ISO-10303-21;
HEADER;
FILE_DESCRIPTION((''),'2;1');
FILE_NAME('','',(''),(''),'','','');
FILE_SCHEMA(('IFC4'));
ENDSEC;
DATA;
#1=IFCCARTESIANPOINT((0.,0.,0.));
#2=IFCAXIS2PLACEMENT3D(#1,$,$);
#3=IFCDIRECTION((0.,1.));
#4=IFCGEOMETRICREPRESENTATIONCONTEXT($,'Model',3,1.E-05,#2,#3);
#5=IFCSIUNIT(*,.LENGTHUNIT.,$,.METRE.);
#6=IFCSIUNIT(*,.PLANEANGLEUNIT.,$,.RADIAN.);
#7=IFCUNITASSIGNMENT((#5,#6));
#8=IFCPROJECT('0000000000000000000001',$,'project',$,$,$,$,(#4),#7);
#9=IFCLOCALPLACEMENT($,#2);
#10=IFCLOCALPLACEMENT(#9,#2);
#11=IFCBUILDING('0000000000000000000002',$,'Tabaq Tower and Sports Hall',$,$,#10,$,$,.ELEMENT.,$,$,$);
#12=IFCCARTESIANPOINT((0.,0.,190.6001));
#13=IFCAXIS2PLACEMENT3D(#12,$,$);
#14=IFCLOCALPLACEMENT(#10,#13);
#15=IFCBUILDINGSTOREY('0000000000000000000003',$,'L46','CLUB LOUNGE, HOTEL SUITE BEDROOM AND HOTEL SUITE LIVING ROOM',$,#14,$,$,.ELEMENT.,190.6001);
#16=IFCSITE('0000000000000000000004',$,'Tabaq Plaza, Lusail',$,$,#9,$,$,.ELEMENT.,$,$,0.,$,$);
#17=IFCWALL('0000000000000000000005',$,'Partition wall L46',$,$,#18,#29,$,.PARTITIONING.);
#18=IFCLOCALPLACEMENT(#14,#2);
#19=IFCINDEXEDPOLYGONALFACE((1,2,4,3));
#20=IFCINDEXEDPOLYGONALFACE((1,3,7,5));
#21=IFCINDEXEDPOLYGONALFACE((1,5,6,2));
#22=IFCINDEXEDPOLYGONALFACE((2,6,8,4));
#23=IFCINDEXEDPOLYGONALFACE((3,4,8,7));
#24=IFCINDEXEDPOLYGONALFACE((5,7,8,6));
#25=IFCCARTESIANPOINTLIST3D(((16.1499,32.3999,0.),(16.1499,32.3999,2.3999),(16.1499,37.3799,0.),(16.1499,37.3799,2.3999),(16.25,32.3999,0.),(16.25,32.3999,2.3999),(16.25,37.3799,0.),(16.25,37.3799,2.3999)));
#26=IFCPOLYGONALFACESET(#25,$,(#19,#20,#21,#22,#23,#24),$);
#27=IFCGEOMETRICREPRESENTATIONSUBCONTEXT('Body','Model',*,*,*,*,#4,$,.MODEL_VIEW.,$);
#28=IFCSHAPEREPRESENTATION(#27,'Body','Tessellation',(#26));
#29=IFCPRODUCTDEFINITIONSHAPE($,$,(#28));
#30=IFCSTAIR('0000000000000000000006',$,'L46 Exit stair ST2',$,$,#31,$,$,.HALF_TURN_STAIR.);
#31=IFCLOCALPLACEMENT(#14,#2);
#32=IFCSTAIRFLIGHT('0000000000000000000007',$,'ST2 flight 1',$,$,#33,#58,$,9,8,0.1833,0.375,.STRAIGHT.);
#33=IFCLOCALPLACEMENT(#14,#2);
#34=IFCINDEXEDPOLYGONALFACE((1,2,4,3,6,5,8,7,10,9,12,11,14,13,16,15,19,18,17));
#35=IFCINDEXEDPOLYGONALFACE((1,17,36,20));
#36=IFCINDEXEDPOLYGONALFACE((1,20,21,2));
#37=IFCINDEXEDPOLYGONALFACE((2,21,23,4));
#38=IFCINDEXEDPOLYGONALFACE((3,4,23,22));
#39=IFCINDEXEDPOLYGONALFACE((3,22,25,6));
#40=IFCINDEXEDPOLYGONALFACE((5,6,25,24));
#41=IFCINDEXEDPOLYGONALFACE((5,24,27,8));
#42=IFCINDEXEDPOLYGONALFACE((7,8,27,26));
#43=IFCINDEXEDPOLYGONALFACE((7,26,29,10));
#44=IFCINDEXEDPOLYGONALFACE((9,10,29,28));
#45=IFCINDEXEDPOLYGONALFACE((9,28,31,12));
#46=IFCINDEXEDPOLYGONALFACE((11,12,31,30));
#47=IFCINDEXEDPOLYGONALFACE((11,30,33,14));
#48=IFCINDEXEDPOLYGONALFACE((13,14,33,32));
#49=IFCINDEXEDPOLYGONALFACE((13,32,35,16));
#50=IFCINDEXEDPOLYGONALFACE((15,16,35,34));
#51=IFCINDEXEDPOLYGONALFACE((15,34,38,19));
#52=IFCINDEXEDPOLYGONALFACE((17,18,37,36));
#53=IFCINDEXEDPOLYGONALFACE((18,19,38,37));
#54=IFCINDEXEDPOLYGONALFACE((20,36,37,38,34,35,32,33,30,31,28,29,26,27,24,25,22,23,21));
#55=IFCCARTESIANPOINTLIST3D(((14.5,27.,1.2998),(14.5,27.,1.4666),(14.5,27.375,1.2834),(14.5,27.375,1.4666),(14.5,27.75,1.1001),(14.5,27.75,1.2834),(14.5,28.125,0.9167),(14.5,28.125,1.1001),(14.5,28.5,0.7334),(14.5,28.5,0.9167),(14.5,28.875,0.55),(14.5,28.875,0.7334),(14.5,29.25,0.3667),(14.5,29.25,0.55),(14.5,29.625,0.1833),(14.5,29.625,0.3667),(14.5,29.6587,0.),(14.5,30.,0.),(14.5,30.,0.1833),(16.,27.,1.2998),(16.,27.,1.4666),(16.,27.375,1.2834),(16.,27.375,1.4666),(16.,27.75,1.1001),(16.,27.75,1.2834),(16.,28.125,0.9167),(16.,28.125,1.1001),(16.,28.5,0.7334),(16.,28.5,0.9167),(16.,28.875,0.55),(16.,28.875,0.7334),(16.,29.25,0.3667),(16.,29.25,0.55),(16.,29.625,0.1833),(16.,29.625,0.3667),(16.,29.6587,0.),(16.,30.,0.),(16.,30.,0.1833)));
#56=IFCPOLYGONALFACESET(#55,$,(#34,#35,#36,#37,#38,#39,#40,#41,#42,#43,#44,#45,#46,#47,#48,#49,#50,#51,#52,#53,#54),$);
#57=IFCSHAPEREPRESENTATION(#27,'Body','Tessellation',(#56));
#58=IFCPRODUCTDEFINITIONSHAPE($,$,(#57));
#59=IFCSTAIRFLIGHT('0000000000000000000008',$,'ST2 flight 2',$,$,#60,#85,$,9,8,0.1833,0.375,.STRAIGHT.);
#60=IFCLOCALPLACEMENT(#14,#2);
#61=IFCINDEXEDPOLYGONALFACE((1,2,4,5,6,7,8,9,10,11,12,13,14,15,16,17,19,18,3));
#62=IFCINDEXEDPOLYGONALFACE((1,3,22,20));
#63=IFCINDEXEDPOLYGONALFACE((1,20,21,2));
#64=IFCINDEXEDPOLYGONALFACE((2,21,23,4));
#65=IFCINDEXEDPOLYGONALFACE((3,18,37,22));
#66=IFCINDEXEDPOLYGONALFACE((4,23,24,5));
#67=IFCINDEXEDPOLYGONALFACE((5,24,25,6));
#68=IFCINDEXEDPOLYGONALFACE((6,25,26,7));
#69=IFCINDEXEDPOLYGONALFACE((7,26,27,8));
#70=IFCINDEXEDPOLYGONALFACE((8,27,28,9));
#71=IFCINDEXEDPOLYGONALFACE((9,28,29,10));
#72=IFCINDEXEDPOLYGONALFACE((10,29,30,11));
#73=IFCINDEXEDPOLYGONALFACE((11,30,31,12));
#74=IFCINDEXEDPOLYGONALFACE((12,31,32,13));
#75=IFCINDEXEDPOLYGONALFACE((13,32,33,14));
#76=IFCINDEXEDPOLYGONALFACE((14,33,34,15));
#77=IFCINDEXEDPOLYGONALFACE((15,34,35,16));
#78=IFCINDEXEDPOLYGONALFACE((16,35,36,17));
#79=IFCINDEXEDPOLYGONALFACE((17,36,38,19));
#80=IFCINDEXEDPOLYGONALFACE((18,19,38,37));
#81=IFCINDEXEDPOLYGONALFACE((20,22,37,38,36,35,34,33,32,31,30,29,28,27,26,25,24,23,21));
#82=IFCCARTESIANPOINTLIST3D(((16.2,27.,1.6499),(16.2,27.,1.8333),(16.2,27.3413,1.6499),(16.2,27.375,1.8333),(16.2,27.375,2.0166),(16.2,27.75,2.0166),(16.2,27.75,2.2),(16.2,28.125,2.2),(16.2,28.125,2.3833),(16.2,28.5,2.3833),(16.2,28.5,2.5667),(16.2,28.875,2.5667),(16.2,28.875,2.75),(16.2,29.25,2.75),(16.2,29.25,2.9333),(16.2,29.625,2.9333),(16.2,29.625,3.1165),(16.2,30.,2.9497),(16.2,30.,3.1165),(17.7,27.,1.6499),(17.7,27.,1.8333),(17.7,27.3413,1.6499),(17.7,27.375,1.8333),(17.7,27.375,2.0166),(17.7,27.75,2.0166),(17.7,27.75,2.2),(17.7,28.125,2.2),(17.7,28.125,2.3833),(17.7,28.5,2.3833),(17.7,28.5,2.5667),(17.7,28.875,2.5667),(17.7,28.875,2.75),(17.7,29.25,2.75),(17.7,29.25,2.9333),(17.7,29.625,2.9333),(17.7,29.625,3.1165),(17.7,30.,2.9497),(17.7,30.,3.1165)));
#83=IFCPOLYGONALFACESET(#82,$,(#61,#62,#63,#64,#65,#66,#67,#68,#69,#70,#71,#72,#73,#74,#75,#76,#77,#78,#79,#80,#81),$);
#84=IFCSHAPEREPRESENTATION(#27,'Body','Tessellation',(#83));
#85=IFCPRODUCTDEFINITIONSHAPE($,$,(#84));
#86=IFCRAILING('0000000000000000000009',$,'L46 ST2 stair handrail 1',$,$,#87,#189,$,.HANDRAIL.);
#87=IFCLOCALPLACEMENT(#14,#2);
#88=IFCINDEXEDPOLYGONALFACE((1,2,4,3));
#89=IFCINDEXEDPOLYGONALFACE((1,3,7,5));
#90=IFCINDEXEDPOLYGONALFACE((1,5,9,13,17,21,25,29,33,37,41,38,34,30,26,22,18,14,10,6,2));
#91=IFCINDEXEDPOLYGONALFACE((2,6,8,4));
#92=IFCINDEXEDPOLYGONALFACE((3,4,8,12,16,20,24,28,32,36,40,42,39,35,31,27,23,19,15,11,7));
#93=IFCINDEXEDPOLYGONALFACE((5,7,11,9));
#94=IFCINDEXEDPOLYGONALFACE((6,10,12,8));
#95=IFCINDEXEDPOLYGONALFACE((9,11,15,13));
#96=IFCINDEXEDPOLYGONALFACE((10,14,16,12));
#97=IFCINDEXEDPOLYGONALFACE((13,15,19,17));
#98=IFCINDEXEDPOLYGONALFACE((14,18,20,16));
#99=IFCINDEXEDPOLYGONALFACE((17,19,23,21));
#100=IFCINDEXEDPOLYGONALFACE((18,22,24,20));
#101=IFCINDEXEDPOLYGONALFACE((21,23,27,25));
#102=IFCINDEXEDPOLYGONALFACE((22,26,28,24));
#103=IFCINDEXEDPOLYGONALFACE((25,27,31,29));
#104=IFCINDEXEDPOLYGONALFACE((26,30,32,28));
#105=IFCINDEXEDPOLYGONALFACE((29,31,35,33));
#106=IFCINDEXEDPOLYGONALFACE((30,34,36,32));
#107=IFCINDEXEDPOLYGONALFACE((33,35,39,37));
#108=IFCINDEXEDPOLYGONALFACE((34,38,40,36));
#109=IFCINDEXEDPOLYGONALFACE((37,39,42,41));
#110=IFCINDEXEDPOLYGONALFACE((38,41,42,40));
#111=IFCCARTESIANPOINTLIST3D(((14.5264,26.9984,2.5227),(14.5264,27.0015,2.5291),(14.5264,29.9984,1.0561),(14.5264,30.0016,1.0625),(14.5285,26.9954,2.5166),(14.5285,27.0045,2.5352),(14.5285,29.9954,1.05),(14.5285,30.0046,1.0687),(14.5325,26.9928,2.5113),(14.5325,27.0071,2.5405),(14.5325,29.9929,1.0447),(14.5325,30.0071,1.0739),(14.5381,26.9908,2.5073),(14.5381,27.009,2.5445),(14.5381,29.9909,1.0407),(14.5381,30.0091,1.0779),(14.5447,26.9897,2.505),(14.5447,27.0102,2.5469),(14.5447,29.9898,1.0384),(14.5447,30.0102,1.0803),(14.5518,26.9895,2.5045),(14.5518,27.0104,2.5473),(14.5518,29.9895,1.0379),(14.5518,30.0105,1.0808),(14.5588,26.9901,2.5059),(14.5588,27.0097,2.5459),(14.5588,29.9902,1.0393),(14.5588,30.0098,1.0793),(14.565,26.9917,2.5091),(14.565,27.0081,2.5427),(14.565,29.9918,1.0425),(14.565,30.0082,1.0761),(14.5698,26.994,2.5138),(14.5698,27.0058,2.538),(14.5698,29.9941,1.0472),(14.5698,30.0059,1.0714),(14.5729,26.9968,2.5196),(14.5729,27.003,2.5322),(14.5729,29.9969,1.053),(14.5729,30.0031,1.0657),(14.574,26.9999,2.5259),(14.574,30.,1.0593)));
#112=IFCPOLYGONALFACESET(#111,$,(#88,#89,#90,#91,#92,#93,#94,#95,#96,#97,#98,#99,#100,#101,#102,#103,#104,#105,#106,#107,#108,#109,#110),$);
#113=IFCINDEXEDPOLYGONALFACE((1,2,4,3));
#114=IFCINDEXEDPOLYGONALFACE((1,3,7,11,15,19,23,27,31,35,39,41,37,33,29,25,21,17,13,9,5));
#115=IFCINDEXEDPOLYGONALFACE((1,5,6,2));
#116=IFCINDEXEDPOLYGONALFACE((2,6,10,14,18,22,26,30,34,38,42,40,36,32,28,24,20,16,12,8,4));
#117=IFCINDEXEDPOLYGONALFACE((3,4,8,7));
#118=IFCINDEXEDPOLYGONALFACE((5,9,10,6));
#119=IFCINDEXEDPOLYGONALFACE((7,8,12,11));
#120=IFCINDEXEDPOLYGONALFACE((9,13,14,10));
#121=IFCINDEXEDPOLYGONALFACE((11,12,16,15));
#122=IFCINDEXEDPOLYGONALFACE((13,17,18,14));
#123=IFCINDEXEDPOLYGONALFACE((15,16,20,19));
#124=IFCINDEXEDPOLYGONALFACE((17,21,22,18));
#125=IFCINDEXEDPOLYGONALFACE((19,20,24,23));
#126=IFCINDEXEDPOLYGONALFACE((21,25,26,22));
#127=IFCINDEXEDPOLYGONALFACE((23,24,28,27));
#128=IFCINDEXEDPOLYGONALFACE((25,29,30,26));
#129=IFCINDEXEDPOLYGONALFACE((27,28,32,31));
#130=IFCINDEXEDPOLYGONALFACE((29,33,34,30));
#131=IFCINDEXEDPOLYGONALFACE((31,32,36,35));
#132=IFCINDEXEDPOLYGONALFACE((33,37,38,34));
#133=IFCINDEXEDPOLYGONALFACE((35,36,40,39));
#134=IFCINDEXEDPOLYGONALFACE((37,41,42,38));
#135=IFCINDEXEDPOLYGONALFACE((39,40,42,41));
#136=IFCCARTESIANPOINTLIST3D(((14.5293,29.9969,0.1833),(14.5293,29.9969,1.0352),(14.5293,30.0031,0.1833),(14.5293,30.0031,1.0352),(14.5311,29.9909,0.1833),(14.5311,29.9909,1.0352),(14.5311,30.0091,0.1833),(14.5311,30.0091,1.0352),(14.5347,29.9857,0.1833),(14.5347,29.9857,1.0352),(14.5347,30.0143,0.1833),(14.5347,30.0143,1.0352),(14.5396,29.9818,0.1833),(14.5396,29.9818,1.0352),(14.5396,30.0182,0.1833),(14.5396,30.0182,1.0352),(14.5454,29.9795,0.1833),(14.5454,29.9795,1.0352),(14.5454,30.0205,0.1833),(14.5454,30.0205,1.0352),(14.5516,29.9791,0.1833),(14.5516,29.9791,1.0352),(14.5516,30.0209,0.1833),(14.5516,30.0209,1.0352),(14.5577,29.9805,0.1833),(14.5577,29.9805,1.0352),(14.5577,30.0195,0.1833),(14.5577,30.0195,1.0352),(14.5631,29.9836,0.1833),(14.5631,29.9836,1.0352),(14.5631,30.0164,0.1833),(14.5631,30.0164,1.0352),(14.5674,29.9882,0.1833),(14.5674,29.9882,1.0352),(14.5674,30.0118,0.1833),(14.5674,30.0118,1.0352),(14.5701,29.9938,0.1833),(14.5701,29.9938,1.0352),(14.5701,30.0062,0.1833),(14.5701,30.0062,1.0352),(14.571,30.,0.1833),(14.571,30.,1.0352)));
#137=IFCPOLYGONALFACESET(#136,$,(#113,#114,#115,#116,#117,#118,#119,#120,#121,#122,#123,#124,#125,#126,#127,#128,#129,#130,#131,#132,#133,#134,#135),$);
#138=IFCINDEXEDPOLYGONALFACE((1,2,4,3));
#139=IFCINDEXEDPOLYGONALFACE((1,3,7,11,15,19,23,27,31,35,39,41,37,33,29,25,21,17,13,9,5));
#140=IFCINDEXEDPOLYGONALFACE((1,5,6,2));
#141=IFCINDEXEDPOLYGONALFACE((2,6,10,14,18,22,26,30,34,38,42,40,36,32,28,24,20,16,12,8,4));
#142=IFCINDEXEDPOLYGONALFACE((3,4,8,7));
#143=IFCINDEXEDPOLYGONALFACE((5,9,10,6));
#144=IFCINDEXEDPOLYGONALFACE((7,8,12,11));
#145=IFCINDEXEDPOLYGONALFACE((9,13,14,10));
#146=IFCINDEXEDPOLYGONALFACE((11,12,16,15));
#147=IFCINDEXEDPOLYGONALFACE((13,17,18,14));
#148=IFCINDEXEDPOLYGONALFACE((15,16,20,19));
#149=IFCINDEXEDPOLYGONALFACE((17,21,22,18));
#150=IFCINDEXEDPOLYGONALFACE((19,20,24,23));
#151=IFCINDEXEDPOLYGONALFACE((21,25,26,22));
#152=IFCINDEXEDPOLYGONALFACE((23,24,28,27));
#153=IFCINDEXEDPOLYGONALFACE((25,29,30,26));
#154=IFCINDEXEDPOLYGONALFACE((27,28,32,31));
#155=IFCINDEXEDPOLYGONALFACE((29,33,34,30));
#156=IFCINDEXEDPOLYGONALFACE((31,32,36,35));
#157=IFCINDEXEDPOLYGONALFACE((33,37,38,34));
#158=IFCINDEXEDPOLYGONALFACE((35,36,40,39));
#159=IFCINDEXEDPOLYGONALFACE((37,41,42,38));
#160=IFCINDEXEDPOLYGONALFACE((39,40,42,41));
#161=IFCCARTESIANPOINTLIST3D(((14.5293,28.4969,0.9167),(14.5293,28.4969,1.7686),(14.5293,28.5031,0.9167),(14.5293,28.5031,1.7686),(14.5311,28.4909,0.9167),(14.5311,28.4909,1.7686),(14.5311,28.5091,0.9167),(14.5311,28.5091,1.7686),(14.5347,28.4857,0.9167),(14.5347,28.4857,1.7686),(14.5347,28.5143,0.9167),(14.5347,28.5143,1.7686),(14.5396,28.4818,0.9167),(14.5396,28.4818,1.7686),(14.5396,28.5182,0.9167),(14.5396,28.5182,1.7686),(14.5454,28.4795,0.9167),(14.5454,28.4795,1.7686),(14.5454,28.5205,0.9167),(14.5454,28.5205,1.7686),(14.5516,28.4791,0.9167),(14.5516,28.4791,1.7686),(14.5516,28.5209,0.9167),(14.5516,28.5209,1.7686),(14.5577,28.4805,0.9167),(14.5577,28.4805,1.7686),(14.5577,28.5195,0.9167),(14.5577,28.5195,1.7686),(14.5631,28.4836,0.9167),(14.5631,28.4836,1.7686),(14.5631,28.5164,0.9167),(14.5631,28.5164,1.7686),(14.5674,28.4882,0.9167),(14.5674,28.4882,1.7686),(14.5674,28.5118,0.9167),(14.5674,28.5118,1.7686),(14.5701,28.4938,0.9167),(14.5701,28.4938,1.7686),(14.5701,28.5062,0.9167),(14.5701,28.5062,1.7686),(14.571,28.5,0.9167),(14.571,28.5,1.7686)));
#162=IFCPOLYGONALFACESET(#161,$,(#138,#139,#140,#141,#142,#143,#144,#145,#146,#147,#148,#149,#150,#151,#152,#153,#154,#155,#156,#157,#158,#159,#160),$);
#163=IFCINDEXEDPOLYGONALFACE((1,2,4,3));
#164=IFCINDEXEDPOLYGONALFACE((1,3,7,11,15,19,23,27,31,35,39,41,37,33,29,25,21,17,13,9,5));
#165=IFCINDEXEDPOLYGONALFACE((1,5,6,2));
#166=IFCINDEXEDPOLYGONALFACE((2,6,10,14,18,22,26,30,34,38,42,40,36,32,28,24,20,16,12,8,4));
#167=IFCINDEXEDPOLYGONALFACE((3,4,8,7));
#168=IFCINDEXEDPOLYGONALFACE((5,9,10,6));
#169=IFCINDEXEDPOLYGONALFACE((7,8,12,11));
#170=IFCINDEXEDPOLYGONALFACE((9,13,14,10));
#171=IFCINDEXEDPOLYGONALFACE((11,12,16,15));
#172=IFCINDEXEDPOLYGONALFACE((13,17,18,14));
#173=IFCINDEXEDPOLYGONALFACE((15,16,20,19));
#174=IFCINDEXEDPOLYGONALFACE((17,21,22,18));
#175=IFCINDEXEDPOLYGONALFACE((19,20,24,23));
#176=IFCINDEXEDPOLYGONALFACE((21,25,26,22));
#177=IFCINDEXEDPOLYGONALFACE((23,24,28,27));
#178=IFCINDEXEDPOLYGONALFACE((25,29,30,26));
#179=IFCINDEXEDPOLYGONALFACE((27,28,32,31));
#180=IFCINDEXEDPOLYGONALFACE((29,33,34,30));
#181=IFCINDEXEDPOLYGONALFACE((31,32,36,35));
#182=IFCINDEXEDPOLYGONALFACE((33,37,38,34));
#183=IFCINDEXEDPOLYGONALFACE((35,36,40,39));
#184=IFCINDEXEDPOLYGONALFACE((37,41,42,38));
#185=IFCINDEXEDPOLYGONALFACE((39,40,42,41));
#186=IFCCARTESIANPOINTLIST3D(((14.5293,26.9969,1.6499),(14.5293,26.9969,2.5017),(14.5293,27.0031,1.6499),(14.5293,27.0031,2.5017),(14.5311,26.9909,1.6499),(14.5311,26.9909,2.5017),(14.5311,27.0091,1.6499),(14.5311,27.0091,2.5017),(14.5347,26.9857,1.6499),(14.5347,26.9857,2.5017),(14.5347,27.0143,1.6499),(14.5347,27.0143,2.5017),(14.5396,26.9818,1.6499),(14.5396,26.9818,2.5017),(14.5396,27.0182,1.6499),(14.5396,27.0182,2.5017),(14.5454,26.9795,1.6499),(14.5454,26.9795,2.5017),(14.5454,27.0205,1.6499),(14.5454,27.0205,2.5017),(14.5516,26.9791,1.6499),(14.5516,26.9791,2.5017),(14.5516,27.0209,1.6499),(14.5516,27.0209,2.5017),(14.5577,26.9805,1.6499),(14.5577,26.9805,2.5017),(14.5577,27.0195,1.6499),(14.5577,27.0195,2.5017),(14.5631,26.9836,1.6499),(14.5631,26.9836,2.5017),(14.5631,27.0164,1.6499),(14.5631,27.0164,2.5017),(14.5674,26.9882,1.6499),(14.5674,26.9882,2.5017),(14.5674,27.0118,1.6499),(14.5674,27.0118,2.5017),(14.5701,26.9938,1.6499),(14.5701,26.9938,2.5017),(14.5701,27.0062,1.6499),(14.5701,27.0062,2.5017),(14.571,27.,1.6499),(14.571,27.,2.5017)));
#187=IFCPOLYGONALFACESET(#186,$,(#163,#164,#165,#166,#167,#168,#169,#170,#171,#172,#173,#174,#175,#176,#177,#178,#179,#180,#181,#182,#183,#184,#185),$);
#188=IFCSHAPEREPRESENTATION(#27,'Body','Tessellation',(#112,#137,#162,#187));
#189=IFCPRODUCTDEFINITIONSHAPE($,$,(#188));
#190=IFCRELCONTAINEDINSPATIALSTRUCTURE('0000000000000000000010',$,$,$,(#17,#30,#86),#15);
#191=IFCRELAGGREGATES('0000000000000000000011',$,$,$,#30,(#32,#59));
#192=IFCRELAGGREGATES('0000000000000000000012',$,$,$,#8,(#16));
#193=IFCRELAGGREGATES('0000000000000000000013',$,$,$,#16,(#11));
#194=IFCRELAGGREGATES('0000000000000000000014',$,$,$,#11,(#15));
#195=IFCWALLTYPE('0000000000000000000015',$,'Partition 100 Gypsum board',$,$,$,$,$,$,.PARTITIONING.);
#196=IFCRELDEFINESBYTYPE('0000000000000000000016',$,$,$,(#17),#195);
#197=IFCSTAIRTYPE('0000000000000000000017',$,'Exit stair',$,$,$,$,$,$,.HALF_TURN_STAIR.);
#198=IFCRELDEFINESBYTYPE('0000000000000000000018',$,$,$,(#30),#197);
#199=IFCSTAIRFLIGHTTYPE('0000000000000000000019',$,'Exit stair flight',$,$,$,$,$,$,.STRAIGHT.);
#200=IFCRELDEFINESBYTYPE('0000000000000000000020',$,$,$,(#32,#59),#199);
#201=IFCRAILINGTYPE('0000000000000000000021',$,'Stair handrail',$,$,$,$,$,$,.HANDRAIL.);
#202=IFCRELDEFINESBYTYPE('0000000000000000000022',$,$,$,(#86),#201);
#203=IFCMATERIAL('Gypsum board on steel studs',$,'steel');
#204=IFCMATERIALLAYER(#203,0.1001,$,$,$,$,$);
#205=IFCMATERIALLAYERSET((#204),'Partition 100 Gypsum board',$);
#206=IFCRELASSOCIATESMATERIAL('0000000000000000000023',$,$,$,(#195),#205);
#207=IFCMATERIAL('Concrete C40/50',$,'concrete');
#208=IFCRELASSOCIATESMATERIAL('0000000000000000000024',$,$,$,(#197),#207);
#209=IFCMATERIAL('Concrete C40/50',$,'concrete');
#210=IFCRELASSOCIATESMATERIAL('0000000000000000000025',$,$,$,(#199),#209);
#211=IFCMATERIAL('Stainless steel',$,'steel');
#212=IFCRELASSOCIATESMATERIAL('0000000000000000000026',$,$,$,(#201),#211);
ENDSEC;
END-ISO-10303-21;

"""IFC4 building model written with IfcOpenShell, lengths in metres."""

from ifc_helpers import new_model, si_unit, direction, frame, frame_2d, origin, origin_2d, place, context, subcontext, project, spatial, polyline, rectangle, circle, outline, extrude, material, layer, layer_set, type_object, element, aggregate, save


model = new_model("IFC4")

# Units and contexts
model_context = context("Model", 3, precision=1e-05, world=origin(), true_north=direction((0.0, 1.0)))
body_context = subcontext(model_context, "Body", "Model", "MODEL_VIEW")
ifc_project = project(units=[si_unit("LENGTHUNIT", "METRE"), si_unit("PLANEANGLEUNIT", "RADIAN")], contexts=[model_context])

# Site, building, storey
site_placement = place(None, origin())
site = spatial("IfcSite", under=ifc_project, at=site_placement, Name="Tabaq Plaza, Lusail", CompositionType="ELEMENT", RefElevation=0.0)
building_placement = place(site_placement, origin())
building = spatial("IfcBuilding", under=site, at=building_placement, Name="Tabaq Tower and Sports Hall", CompositionType="ELEMENT")
storey_placement = place(building_placement, frame((0.0, 0.0, 190.6001)))
storey = spatial("IfcBuildingStorey", under=building, at=storey_placement, Name="L46", Description="CLUB LOUNGE, HOTEL SUITE BEDROOM AND HOTEL SUITE LIVING ROOM", CompositionType="ELEMENT", Elevation=190.6001)

# Wall
ifc_material_1 = material(Name="Gypsum board on steel studs", Category="steel")
ifc_layer_1 = layer(ifc_material_1, 0.1001)
ifc_layer_set_1 = layer_set([ifc_layer_1], Name="Partition 100 Gypsum board")
wall_type_1 = type_object("IfcWallType", Name="Partition 100 Gypsum board", PredefinedType="PARTITIONING", material=ifc_layer_set_1)
wall_1_placement = place(storey_placement, frame((16.2, 37.3799, 0.0), z_axis=(0.0, 0.0, 1.0), x_axis=(0.0, -1.0, 0.0)))
element("IfcWall", 1, at=wall_1_placement, inside=storey, type_object=wall_type_1, Name="Partition wall L46", PredefinedType="PARTITIONING", context=body_context, shape_type="SweptSolid", body=[
    extrude(rectangle(XDim=4.98, YDim=0.1001, at=frame_2d((2.49, 0.0))), origin(), (0.0, 0.0, 1.0), 2.3999),
])

# Stair, stair flights
ifc_material_2 = material(Name="Concrete C40/50", Category="concrete")
stair_type = type_object("IfcStairType", Name="Exit stair", PredefinedType="HALF_TURN_STAIR", material=ifc_material_2)
stair_placement = place(storey_placement, origin())
stair = element("IfcStair", 2, at=stair_placement, inside=storey, type_object=stair_type, Name="L46 Exit stair ST2", PredefinedType="HALF_TURN_STAIR")
ifc_material_3 = material(Name="Concrete C40/50", Category="concrete")
stair_flight_type = type_object("IfcStairFlightType", Name="Exit stair flight", PredefinedType="STRAIGHT", material=ifc_material_3)
stair_flight_1_placement = place(storey_placement, frame((15.25, 30.0, 0.0), z_axis=(0.0, 0.0, 1.0), x_axis=(0.0, -1.0, 0.0)))
stair_flight_1 = element("IfcStairFlight", 3, at=stair_flight_1_placement, type_object=stair_flight_type, Name="ST2 flight 1", NumberOfRisers=9, NumberOfTreads=8, PredefinedType="STRAIGHT", RiserHeight=0.1833, TreadLength=0.375, context=body_context, shape_type="SweptSolid", body=[
    extrude(outline(polyline([(0.0, 0.0), (0.0, 0.1833), (0.375, 0.1833), (0.375, 0.3667), (0.75, 0.3667), (0.75, 0.55), (1.125, 0.55), (1.125, 0.7334), (1.5, 0.7334), (1.5, 0.9167), (1.875, 0.9167), (1.875, 1.1001), (2.25, 1.1001), (2.25, 1.2834), (2.625, 1.2834), (2.625, 1.4666), (3.0, 1.4666), (3.0, 1.6499), (3.0, 1.2998), (0.3413, 0.0), (0.0, 0.0)])), frame((0.0, 0.75, 0.0), z_axis=(0.0, -1.0, 0.0), x_axis=(1.0, 0.0, 0.0)), (0.0, 0.0, 1.0), 1.5),
])
stair_flight_2_placement = place(storey_placement, frame((16.95, 27.0, 1.6499), z_axis=(0.0, 0.0, 1.0), x_axis=(0.0, 1.0, 0.0)))
stair_flight_2 = element("IfcStairFlight", 4, at=stair_flight_2_placement, type_object=stair_flight_type, Name="ST2 flight 2", NumberOfRisers=9, NumberOfTreads=8, PredefinedType="STRAIGHT", RiserHeight=0.1833, TreadLength=0.375, context=body_context, shape_type="SweptSolid", body=[
    extrude(outline(polyline([(0.0, 0.0), (0.0, 0.1833), (0.375, 0.1833), (0.375, 0.3667), (0.75, 0.3667), (0.75, 0.55), (1.125, 0.55), (1.125, 0.7334), (1.5, 0.7334), (1.5, 0.9167), (1.875, 0.9167), (1.875, 1.1001), (2.25, 1.1001), (2.25, 1.2834), (2.625, 1.2834), (2.625, 1.4666), (3.0, 1.4666), (3.0, 1.6499), (3.0, 1.2998), (0.3413, 0.0), (0.0, 0.0)])), frame((0.0, 0.75, 0.0), z_axis=(0.0, -1.0, 0.0), x_axis=(1.0, 0.0, 0.0)), (0.0, 0.0, 1.0), 1.5),
])
aggregate(stair, [stair_flight_1, stair_flight_2])

# Railing
ifc_material_4 = material(Name="Stainless steel", Category="steel")
railing_type_1 = type_object("IfcRailingType", Name="Stair handrail", PredefinedType="HANDRAIL", material=ifc_material_4)
railing_1_placement = place(storey_placement, frame((14.55, 30.0, 0.1833)))
element("IfcRailing", 5, at=railing_1_placement, inside=storey, type_object=railing_type_1, Name="L46 ST2 stair handrail 1", PredefinedType="HANDRAIL", context=body_context, shape_type="SweptSolid", body=[
    extrude(circle(Radius=0.0239, at=origin_2d()), frame((0.0, 0.0, 0.876), z_axis=(0.0, -0.898398, 0.439183), x_axis=(1.0, 0.0, 0.0)), (0.0, 0.0, 1.0), 3.3394),
    extrude(circle(Radius=0.021, at=origin_2d()), origin(), (0.0, 0.0, 1.0), 0.8518),
    extrude(circle(Radius=0.021, at=origin_2d()), frame((0.0, -1.5, 0.7334)), (0.0, 0.0, 1.0), 0.8518),
    extrude(circle(Radius=0.021, at=origin_2d()), frame((0.0, -3.0, 1.4666)), (0.0, 0.0, 1.0), 0.8518),
])

save(model, "model.ifc")
